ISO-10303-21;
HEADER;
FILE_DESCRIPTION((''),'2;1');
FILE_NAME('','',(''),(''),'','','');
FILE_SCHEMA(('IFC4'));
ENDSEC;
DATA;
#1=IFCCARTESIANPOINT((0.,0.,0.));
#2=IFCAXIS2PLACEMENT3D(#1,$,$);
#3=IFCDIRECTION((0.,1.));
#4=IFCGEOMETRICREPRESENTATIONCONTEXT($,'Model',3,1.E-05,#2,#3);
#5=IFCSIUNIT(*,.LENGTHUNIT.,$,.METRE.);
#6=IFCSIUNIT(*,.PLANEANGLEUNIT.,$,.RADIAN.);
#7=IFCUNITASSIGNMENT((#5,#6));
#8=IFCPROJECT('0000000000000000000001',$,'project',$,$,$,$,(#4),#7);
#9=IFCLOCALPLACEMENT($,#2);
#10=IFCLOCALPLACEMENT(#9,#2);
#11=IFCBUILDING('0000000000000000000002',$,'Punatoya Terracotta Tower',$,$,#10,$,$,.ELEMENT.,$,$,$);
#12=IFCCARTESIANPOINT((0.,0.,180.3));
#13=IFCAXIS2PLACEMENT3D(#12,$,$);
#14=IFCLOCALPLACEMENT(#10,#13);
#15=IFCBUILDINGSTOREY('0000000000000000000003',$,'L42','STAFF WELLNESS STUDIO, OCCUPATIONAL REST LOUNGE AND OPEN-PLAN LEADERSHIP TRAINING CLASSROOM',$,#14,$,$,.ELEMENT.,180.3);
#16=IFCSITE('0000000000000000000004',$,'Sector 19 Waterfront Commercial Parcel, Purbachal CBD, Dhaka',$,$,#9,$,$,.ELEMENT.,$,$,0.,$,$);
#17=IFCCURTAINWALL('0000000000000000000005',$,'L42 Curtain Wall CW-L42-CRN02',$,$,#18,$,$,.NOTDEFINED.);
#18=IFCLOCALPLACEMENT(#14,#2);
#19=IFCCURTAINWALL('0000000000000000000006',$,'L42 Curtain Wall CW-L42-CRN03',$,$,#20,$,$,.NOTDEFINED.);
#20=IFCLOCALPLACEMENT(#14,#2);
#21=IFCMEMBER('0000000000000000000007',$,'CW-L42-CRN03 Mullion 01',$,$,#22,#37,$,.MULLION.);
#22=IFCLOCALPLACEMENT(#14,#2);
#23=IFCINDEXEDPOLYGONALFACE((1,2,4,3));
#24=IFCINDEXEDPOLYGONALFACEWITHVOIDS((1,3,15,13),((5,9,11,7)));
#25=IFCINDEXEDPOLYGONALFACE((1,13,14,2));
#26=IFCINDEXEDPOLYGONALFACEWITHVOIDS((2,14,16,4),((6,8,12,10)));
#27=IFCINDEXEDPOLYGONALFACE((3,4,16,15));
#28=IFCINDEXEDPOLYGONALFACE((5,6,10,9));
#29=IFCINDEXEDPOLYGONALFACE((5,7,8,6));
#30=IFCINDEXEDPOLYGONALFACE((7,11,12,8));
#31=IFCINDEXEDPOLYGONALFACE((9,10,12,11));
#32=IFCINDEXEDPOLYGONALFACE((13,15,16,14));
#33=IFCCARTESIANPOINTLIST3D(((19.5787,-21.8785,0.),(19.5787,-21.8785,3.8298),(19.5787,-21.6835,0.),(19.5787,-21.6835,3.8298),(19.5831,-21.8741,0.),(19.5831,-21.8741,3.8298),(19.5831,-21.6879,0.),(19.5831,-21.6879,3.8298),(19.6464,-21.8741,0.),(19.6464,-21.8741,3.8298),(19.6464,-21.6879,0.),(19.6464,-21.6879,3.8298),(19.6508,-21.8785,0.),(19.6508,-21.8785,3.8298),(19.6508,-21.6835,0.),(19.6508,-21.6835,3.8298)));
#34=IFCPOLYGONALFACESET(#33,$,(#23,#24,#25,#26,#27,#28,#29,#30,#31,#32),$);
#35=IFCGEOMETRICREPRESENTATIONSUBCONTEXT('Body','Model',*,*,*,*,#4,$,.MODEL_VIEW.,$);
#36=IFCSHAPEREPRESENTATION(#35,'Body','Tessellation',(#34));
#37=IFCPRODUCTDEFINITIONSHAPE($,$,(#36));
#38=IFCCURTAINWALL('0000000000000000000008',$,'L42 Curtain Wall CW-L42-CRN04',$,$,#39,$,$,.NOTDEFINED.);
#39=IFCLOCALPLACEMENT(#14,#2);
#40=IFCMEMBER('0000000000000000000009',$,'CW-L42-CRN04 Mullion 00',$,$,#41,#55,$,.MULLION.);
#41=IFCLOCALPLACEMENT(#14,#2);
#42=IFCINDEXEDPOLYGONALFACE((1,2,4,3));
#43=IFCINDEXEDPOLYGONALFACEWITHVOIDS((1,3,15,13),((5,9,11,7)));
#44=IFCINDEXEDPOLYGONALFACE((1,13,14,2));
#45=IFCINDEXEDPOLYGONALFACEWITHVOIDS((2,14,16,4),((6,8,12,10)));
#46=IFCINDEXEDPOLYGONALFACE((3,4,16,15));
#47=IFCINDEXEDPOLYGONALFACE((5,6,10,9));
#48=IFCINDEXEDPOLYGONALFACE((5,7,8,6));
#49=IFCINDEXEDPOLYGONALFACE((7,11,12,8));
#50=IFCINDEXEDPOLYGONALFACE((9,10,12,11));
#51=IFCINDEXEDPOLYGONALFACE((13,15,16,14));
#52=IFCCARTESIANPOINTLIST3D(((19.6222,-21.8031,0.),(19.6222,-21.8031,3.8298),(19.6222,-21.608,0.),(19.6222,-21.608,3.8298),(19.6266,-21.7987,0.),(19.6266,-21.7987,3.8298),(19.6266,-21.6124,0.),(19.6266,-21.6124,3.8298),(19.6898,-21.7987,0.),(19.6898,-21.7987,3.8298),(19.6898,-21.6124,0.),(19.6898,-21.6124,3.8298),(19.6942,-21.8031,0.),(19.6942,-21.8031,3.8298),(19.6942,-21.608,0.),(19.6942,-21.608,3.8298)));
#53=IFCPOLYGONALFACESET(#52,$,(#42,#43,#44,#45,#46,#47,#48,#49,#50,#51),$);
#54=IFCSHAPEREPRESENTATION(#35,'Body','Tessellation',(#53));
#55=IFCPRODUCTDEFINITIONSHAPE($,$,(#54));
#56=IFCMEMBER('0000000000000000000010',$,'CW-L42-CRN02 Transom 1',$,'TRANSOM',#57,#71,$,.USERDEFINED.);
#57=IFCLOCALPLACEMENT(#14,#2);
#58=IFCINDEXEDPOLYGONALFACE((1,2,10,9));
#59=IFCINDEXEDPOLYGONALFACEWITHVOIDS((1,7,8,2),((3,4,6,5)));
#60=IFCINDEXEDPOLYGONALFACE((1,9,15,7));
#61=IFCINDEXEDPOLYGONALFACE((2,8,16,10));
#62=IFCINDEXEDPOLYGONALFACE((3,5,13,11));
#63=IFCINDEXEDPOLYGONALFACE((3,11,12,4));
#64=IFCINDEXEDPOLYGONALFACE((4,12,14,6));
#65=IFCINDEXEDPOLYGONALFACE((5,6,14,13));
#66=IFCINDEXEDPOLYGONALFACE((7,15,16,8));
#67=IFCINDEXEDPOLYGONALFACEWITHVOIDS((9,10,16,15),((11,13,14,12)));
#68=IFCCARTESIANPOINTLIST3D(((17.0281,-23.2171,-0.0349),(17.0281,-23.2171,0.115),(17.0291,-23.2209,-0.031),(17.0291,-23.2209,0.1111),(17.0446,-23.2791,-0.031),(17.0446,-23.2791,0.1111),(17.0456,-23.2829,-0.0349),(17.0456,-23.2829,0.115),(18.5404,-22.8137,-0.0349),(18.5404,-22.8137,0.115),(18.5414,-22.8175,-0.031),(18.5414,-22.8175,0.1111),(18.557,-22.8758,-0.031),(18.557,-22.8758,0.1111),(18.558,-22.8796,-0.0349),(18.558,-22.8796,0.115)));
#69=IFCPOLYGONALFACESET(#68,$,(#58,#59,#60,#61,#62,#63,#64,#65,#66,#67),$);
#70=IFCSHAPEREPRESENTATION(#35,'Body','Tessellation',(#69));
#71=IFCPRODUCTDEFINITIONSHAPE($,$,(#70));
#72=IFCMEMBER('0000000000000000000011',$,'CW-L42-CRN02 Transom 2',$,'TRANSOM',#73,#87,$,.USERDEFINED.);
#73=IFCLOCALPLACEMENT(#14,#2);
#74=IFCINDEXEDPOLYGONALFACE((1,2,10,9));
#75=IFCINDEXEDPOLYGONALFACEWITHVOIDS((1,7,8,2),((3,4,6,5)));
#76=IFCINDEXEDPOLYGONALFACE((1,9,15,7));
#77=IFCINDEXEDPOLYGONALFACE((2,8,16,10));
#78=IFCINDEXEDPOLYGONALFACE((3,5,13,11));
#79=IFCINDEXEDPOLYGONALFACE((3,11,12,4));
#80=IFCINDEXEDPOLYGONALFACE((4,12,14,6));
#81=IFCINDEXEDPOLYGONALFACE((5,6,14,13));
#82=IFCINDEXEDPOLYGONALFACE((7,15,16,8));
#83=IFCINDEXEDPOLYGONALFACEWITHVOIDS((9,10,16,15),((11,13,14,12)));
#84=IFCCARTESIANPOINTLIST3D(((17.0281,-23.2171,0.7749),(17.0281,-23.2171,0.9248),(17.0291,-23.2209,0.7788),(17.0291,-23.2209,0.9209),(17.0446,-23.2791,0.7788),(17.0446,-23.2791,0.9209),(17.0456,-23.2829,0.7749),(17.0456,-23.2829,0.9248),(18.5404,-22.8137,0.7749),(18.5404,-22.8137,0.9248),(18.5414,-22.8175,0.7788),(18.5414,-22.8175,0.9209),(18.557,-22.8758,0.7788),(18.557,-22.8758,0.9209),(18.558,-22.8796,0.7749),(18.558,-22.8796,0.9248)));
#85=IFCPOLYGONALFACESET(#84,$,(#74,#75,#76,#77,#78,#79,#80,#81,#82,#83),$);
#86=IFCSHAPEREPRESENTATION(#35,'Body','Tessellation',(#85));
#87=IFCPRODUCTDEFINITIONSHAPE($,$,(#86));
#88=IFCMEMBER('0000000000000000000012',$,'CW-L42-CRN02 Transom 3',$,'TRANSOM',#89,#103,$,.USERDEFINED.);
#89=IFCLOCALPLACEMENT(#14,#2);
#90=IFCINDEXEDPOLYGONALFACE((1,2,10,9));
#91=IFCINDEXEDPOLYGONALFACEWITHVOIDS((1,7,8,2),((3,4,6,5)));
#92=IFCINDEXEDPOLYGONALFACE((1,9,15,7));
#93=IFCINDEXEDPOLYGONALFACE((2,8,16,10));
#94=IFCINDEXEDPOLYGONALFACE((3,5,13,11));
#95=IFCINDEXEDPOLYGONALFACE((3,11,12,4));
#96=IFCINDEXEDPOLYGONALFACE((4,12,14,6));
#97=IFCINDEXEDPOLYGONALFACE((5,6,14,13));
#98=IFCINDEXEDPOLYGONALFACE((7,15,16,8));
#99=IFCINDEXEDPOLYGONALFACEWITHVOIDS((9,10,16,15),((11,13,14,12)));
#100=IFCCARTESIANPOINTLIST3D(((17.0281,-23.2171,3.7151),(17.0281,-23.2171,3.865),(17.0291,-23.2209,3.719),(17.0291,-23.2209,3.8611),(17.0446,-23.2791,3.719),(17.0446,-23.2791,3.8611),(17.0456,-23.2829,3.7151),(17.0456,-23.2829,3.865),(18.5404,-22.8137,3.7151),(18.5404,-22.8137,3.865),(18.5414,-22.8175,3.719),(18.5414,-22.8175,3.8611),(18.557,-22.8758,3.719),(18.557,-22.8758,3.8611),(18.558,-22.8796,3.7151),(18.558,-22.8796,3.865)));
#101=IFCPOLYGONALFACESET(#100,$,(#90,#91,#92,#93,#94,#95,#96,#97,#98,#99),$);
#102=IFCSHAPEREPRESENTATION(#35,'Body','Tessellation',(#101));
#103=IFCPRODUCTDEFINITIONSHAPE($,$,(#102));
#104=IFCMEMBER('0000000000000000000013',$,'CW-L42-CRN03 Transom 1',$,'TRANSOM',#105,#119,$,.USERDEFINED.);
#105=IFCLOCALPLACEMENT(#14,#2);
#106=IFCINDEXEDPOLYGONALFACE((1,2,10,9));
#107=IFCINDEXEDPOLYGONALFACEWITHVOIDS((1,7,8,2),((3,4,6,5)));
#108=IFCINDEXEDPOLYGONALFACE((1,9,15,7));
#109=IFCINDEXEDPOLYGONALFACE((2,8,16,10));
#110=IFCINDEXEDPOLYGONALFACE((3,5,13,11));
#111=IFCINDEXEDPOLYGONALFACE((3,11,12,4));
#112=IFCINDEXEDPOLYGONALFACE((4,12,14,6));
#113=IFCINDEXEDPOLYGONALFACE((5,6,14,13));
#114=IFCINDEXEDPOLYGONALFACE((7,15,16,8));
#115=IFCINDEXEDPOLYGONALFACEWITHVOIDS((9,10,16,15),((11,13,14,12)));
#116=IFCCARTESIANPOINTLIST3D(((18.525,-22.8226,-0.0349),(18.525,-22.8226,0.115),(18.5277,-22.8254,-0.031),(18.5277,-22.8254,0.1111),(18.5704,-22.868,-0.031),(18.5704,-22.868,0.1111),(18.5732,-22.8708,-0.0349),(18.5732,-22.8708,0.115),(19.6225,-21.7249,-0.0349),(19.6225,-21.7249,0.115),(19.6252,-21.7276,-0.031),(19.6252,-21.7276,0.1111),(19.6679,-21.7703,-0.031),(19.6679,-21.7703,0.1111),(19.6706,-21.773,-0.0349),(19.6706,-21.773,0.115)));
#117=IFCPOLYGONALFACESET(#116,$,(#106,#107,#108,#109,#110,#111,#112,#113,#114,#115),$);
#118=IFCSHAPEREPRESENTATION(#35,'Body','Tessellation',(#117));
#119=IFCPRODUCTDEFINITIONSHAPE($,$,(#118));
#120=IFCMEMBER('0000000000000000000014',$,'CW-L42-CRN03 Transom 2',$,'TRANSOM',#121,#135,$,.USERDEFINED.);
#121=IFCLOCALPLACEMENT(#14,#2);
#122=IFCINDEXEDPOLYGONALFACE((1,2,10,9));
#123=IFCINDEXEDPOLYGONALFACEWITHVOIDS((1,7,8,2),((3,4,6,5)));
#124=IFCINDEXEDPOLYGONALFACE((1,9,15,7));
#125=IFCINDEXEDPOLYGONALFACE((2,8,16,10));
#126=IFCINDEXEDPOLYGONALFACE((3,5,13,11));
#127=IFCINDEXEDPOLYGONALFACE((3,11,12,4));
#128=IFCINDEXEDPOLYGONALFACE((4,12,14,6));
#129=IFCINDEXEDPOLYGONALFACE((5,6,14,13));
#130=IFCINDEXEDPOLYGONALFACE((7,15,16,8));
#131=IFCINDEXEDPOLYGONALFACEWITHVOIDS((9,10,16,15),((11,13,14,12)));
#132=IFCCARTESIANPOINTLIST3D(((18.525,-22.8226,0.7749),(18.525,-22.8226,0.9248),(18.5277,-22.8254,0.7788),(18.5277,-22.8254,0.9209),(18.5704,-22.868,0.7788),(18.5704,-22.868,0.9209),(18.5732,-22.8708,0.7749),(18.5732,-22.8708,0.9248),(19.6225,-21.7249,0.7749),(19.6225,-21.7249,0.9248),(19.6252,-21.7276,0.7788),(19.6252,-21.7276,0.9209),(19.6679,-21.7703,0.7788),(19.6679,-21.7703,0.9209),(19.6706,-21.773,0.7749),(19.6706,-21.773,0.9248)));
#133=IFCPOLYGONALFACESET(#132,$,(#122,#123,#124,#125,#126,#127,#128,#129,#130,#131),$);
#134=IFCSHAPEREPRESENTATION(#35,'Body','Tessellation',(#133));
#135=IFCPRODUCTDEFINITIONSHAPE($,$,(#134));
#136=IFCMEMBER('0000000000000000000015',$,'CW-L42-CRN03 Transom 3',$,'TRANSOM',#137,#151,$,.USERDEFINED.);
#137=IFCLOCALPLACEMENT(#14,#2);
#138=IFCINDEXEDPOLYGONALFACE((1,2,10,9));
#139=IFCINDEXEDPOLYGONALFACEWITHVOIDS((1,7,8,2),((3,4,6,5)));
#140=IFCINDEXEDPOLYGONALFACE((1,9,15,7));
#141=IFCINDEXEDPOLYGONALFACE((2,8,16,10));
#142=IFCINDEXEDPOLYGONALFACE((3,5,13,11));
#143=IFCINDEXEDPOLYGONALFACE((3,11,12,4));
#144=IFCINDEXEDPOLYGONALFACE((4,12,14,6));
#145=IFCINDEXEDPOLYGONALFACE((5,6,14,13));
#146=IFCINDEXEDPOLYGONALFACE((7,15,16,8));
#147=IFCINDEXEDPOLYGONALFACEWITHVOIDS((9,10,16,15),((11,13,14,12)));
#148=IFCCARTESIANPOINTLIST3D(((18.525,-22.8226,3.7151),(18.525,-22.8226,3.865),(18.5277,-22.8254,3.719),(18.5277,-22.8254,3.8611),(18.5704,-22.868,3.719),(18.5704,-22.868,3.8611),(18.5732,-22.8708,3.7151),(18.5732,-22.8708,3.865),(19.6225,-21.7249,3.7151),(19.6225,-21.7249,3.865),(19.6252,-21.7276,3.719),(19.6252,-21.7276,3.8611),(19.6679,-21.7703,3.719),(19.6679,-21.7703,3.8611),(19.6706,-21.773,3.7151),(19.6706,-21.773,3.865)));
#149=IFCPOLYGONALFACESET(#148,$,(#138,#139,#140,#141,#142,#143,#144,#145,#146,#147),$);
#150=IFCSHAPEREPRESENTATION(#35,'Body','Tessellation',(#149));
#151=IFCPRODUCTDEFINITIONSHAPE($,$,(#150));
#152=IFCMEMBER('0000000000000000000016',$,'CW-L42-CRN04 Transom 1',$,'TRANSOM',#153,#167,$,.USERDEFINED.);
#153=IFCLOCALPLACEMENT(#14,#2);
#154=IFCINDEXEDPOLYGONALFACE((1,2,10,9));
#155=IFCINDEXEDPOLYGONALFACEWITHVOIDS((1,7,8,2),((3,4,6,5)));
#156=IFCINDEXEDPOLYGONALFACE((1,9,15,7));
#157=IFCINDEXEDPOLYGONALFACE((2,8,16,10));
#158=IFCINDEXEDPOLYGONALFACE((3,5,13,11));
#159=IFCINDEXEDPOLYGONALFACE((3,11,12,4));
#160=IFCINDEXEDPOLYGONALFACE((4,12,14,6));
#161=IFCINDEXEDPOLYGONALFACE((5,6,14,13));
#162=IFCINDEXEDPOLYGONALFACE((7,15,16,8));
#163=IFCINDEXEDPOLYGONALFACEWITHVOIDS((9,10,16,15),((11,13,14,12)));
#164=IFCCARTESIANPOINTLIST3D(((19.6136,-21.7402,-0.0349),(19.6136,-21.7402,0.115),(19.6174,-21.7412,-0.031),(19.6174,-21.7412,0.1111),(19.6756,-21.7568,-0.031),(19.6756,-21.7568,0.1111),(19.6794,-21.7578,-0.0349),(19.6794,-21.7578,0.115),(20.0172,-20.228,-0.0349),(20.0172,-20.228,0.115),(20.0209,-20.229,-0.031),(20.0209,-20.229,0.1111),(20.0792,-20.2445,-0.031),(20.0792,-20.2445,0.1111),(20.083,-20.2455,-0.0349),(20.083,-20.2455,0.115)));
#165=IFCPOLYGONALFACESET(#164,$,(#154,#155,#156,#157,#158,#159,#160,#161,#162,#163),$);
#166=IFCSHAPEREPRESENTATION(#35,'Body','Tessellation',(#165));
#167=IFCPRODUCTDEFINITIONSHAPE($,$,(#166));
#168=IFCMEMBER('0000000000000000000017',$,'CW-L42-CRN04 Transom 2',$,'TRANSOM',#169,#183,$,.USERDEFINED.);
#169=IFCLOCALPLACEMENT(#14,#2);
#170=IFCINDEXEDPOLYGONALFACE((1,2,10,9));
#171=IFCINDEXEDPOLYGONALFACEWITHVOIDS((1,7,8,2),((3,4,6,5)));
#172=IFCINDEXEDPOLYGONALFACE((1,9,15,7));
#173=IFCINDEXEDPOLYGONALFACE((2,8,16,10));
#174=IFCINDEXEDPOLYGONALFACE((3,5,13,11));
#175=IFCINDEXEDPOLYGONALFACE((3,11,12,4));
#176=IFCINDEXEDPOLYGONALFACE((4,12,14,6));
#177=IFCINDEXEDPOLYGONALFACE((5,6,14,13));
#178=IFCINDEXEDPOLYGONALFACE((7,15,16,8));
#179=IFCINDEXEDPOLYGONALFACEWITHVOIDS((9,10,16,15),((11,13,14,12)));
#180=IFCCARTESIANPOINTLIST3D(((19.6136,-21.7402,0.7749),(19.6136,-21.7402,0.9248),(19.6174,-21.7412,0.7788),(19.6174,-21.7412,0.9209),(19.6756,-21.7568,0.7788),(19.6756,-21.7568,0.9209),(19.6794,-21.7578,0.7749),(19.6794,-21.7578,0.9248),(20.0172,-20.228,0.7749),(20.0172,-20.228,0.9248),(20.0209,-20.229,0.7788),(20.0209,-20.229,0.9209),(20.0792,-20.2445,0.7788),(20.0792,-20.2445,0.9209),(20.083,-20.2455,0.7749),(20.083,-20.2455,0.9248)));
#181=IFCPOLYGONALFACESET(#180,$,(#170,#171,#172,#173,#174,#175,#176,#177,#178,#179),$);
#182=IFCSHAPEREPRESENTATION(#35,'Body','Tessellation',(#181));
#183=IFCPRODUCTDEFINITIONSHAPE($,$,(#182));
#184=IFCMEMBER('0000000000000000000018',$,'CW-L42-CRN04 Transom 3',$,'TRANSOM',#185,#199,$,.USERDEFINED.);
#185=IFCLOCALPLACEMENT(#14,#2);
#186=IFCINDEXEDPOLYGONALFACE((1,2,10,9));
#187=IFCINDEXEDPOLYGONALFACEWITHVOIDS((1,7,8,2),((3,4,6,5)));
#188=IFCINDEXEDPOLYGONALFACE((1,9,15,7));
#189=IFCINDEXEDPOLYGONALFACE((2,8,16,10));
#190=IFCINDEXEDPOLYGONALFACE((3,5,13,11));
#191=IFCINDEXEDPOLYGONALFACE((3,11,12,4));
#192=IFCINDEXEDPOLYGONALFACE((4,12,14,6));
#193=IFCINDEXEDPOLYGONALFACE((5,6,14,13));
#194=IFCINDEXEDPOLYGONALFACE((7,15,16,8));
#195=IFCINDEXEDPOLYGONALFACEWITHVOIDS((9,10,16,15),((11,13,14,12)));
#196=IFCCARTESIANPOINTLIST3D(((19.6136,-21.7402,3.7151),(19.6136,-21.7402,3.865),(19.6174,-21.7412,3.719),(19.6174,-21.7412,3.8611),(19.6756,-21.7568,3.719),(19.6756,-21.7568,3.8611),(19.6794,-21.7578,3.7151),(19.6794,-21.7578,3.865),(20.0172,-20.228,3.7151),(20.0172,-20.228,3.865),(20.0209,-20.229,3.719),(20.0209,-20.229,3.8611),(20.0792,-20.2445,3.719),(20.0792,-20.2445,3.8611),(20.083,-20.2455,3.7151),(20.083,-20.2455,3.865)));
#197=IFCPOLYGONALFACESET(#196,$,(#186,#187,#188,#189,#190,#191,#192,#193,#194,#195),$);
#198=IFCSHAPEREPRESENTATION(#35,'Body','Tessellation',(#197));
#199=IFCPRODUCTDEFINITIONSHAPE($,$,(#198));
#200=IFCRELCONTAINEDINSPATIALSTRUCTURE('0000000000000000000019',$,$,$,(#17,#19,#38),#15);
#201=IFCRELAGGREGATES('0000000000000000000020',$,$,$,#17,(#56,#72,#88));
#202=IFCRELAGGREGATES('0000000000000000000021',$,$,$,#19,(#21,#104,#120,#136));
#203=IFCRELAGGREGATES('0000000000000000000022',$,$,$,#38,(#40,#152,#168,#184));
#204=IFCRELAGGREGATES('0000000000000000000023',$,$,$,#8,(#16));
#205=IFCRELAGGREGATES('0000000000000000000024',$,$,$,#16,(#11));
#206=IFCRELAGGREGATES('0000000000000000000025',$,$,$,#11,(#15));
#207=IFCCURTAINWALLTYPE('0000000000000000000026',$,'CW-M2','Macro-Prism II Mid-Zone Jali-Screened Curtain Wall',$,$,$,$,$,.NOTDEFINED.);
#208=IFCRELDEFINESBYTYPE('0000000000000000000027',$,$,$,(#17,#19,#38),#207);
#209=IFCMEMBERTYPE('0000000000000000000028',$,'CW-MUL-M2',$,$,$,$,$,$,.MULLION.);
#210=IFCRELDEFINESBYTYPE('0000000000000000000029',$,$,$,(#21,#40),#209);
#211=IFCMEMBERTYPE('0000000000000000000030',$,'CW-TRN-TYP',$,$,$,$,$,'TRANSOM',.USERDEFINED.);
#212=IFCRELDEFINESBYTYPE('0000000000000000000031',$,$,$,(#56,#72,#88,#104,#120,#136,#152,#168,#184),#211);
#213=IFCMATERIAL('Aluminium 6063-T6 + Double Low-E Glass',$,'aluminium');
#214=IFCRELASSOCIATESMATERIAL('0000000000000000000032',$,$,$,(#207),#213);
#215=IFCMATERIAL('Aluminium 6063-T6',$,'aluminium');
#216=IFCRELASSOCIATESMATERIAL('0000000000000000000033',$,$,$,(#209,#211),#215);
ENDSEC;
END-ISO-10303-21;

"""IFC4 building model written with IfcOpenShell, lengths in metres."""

from ifc_helpers import new_model, si_unit, direction, frame, origin, origin_2d, place, context, subcontext, project, spatial, hollow_rectangle, extrude, material, material_profile, profile_set, type_object, element, aggregate, save


model = new_model("IFC4")

# Units and contexts
model_context = context("Model", 3, precision=1e-05, world=origin(), true_north=direction((0.0, 1.0)))
body_context = subcontext(model_context, "Body", "Model", "MODEL_VIEW")
ifc_project = project(units=[si_unit("LENGTHUNIT", "METRE"), si_unit("PLANEANGLEUNIT", "RADIAN")], contexts=[model_context])

# Site, building, storey
site_placement = place(None, origin())
site = spatial("IfcSite", under=ifc_project, at=site_placement, Name="Sector 19 Waterfront Commercial Parcel, Purbachal CBD, Dhaka", CompositionType="ELEMENT", RefElevation=0.0)
building_placement = place(site_placement, origin())
building = spatial("IfcBuilding", under=site, at=building_placement, Name="Punatoya Terracotta Tower", CompositionType="ELEMENT")
storey_placement = place(building_placement, frame((0.0, 0.0, 180.3)))
storey = spatial("IfcBuildingStorey", under=building, at=storey_placement, Name="L42", Description="STAFF WELLNESS STUDIO, OCCUPATIONAL REST LOUNGE AND OPEN-PLAN LEADERSHIP TRAINING CLASSROOM", CompositionType="ELEMENT", Elevation=180.3)

# Curtain walls, member
ifc_material_1 = material(Name="Aluminium 6063-T6 + Double Low-E Glass", Category="aluminium")
curtain_wall_type = type_object("IfcCurtainWallType", Name="CW-M2", Description="Macro-Prism II Mid-Zone Jali-Screened Curtain Wall", PredefinedType="NOTDEFINED", material=ifc_material_1)
ifc_material_2 = material(Name="Aluminium 6063-T6", Category="aluminium")
ifc_material_profile_1 = material_profile(ifc_material_2, hollow_rectangle(XDim=0.072, YDim=0.1951, WallThickness=0.0044, at=origin_2d()))
ifc_profile_set_1 = profile_set([ifc_material_profile_1], Name="Aluminium 6063-T6")
member_type_1 = type_object("IfcMemberType", Name="CW-MUL-M2", PredefinedType="MULLION", material=ifc_profile_set_1)
curtain_wall_1_placement = place(storey_placement, origin())
curtain_wall_1 = element("IfcCurtainWall", 1, at=curtain_wall_1_placement, inside=storey, type_object=curtain_wall_type, Name="L42 Curtain Wall CW-L42-CRN02", PredefinedType="NOTDEFINED")
curtain_wall_2_placement = place(storey_placement, origin())
curtain_wall_2 = element("IfcCurtainWall", 2, at=curtain_wall_2_placement, inside=storey, type_object=curtain_wall_type, Name="L42 Curtain Wall CW-L42-CRN03", PredefinedType="NOTDEFINED")
member_1_placement = place(storey_placement, frame((19.6147, -21.781, 0.0), z_axis=(0.0, 0.0, 1.0), x_axis=(1.0, 0.0, 0.0)))
member_1 = element("IfcMember", 3, at=member_1_placement, type_object=member_type_1, Name="CW-L42-CRN03 Mullion 01", PredefinedType="MULLION", context=body_context, shape_type="SweptSolid", body=[
    extrude(hollow_rectangle(XDim=0.072, YDim=0.1951, WallThickness=0.0044, at=origin_2d()), origin(), (0.0, 0.0, 1.0), 3.8298),
])

# Curtain wall, member
curtain_wall_3_placement = place(storey_placement, origin())
curtain_wall_3 = element("IfcCurtainWall", 4, at=curtain_wall_3_placement, inside=storey, type_object=curtain_wall_type, Name="L42 Curtain Wall CW-L42-CRN04", PredefinedType="NOTDEFINED")
member_2_placement = place(storey_placement, frame((19.6582, -21.7056, 0.0), z_axis=(0.0, 0.0, 1.0), x_axis=(1.0, 0.0, 0.0)))
member_2 = element("IfcMember", 5, at=member_2_placement, type_object=member_type_1, Name="CW-L42-CRN04 Mullion 00", PredefinedType="MULLION", context=body_context, shape_type="SweptSolid", body=[
    extrude(hollow_rectangle(XDim=0.072, YDim=0.1951, WallThickness=0.0044, at=origin_2d()), origin(), (0.0, 0.0, 1.0), 3.8298),
])

# Members
ifc_material_profile_2 = material_profile(ifc_material_2, hollow_rectangle(XDim=0.0681, YDim=0.1499, WallThickness=0.0039, at=origin_2d()))
ifc_profile_set_2 = profile_set([ifc_material_profile_2], Name="Aluminium 6063-T6")
member_type_2 = type_object("IfcMemberType", Name="CW-TRN-TYP", ElementType="TRANSOM", PredefinedType="USERDEFINED", material=ifc_profile_set_2)
member_3_placement = place(storey_placement, frame((17.0369, -23.25, 0.04), z_axis=(0.966225, 0.257701, 0.0), x_axis=(-0.257701, 0.966225, 0.0)))
member_3 = element("IfcMember", 6, at=member_3_placement, type_object=member_type_2, Name="CW-L42-CRN02 Transom 1", ObjectType="TRANSOM", PredefinedType="USERDEFINED", context=body_context, shape_type="SweptSolid", body=[
    extrude(hollow_rectangle(XDim=0.0681, YDim=0.1499, WallThickness=0.0039, at=origin_2d()), origin(), (0.0, 0.0, 1.0), 1.5652),
])
member_4_placement = place(storey_placement, frame((17.0369, -23.25, 0.8499), z_axis=(0.966225, 0.257701, 0.0), x_axis=(-0.257701, 0.966225, 0.0)))
member_4 = element("IfcMember", 7, at=member_4_placement, type_object=member_type_2, Name="CW-L42-CRN02 Transom 2", ObjectType="TRANSOM", PredefinedType="USERDEFINED", context=body_context, shape_type="SweptSolid", body=[
    extrude(hollow_rectangle(XDim=0.0681, YDim=0.1499, WallThickness=0.0039, at=origin_2d()), origin(), (0.0, 0.0, 1.0), 1.5652),
])
member_5_placement = place(storey_placement, frame((17.0369, -23.25, 3.79), z_axis=(0.966225, 0.257701, 0.0), x_axis=(-0.257701, 0.966225, 0.0)))
member_5 = element("IfcMember", 8, at=member_5_placement, type_object=member_type_2, Name="CW-L42-CRN02 Transom 3", ObjectType="TRANSOM", PredefinedType="USERDEFINED", context=body_context, shape_type="SweptSolid", body=[
    extrude(hollow_rectangle(XDim=0.0681, YDim=0.1499, WallThickness=0.0039, at=origin_2d()), origin(), (0.0, 0.0, 1.0), 1.5652),
])
member_6_placement = place(storey_placement, frame((18.5491, -22.8467, 0.04), z_axis=(0.707028, 0.707185, 0.0), x_axis=(-0.707185, 0.707028, 0.0)))
member_6 = element("IfcMember", 9, at=member_6_placement, type_object=member_type_2, Name="CW-L42-CRN03 Transom 1", ObjectType="TRANSOM", PredefinedType="USERDEFINED", context=body_context, shape_type="SweptSolid", body=[
    extrude(hollow_rectangle(XDim=0.0681, YDim=0.1499, WallThickness=0.0039, at=origin_2d()), origin(), (0.0, 0.0, 1.0), 1.5522),
])
member_7_placement = place(storey_placement, frame((18.5491, -22.8467, 0.8499), z_axis=(0.707028, 0.707185, 0.0), x_axis=(-0.707185, 0.707028, 0.0)))
member_7 = element("IfcMember", 10, at=member_7_placement, type_object=member_type_2, Name="CW-L42-CRN03 Transom 2", ObjectType="TRANSOM", PredefinedType="USERDEFINED", context=body_context, shape_type="SweptSolid", body=[
    extrude(hollow_rectangle(XDim=0.0681, YDim=0.1499, WallThickness=0.0039, at=origin_2d()), origin(), (0.0, 0.0, 1.0), 1.5522),
])
member_8_placement = place(storey_placement, frame((18.5491, -22.8467, 3.79), z_axis=(0.707028, 0.707185, 0.0), x_axis=(-0.707185, 0.707028, 0.0)))
member_8 = element("IfcMember", 11, at=member_8_placement, type_object=member_type_2, Name="CW-L42-CRN03 Transom 3", ObjectType="TRANSOM", PredefinedType="USERDEFINED", context=body_context, shape_type="SweptSolid", body=[
    extrude(hollow_rectangle(XDim=0.0681, YDim=0.1499, WallThickness=0.0039, at=origin_2d()), origin(), (0.0, 0.0, 1.0), 1.5522),
])
member_9_placement = place(storey_placement, frame((19.6465, -21.749, 0.04), z_axis=(0.257847, 0.966186, 0.0), x_axis=(-0.966186, 0.257847, 0.0)))
member_9 = element("IfcMember", 12, at=member_9_placement, type_object=member_type_2, Name="CW-L42-CRN04 Transom 1", ObjectType="TRANSOM", PredefinedType="USERDEFINED", context=body_context, shape_type="SweptSolid", body=[
    extrude(hollow_rectangle(XDim=0.0681, YDim=0.1499, WallThickness=0.0039, at=origin_2d()), origin(), (0.0, 0.0, 1.0), 1.5652),
])
member_10_placement = place(storey_placement, frame((19.6465, -21.749, 0.8499), z_axis=(0.257847, 0.966186, 0.0), x_axis=(-0.966186, 0.257847, 0.0)))
member_10 = element("IfcMember", 13, at=member_10_placement, type_object=member_type_2, Name="CW-L42-CRN04 Transom 2", ObjectType="TRANSOM", PredefinedType="USERDEFINED", context=body_context, shape_type="SweptSolid", body=[
    extrude(hollow_rectangle(XDim=0.0681, YDim=0.1499, WallThickness=0.0039, at=origin_2d()), origin(), (0.0, 0.0, 1.0), 1.5652),
])
member_11_placement = place(storey_placement, frame((19.6465, -21.749, 3.79), z_axis=(0.257847, 0.966186, 0.0), x_axis=(-0.966186, 0.257847, 0.0)))
member_11 = element("IfcMember", 14, at=member_11_placement, type_object=member_type_2, Name="CW-L42-CRN04 Transom 3", ObjectType="TRANSOM", PredefinedType="USERDEFINED", context=body_context, shape_type="SweptSolid", body=[
    extrude(hollow_rectangle(XDim=0.0681, YDim=0.1499, WallThickness=0.0039, at=origin_2d()), origin(), (0.0, 0.0, 1.0), 1.5652),
])

aggregate(curtain_wall_1, [member_3, member_4, member_5])
aggregate(curtain_wall_2, [member_1, member_6, member_7, member_8])
aggregate(curtain_wall_3, [member_2, member_9, member_10, member_11])

save(model, "model.ifc")
